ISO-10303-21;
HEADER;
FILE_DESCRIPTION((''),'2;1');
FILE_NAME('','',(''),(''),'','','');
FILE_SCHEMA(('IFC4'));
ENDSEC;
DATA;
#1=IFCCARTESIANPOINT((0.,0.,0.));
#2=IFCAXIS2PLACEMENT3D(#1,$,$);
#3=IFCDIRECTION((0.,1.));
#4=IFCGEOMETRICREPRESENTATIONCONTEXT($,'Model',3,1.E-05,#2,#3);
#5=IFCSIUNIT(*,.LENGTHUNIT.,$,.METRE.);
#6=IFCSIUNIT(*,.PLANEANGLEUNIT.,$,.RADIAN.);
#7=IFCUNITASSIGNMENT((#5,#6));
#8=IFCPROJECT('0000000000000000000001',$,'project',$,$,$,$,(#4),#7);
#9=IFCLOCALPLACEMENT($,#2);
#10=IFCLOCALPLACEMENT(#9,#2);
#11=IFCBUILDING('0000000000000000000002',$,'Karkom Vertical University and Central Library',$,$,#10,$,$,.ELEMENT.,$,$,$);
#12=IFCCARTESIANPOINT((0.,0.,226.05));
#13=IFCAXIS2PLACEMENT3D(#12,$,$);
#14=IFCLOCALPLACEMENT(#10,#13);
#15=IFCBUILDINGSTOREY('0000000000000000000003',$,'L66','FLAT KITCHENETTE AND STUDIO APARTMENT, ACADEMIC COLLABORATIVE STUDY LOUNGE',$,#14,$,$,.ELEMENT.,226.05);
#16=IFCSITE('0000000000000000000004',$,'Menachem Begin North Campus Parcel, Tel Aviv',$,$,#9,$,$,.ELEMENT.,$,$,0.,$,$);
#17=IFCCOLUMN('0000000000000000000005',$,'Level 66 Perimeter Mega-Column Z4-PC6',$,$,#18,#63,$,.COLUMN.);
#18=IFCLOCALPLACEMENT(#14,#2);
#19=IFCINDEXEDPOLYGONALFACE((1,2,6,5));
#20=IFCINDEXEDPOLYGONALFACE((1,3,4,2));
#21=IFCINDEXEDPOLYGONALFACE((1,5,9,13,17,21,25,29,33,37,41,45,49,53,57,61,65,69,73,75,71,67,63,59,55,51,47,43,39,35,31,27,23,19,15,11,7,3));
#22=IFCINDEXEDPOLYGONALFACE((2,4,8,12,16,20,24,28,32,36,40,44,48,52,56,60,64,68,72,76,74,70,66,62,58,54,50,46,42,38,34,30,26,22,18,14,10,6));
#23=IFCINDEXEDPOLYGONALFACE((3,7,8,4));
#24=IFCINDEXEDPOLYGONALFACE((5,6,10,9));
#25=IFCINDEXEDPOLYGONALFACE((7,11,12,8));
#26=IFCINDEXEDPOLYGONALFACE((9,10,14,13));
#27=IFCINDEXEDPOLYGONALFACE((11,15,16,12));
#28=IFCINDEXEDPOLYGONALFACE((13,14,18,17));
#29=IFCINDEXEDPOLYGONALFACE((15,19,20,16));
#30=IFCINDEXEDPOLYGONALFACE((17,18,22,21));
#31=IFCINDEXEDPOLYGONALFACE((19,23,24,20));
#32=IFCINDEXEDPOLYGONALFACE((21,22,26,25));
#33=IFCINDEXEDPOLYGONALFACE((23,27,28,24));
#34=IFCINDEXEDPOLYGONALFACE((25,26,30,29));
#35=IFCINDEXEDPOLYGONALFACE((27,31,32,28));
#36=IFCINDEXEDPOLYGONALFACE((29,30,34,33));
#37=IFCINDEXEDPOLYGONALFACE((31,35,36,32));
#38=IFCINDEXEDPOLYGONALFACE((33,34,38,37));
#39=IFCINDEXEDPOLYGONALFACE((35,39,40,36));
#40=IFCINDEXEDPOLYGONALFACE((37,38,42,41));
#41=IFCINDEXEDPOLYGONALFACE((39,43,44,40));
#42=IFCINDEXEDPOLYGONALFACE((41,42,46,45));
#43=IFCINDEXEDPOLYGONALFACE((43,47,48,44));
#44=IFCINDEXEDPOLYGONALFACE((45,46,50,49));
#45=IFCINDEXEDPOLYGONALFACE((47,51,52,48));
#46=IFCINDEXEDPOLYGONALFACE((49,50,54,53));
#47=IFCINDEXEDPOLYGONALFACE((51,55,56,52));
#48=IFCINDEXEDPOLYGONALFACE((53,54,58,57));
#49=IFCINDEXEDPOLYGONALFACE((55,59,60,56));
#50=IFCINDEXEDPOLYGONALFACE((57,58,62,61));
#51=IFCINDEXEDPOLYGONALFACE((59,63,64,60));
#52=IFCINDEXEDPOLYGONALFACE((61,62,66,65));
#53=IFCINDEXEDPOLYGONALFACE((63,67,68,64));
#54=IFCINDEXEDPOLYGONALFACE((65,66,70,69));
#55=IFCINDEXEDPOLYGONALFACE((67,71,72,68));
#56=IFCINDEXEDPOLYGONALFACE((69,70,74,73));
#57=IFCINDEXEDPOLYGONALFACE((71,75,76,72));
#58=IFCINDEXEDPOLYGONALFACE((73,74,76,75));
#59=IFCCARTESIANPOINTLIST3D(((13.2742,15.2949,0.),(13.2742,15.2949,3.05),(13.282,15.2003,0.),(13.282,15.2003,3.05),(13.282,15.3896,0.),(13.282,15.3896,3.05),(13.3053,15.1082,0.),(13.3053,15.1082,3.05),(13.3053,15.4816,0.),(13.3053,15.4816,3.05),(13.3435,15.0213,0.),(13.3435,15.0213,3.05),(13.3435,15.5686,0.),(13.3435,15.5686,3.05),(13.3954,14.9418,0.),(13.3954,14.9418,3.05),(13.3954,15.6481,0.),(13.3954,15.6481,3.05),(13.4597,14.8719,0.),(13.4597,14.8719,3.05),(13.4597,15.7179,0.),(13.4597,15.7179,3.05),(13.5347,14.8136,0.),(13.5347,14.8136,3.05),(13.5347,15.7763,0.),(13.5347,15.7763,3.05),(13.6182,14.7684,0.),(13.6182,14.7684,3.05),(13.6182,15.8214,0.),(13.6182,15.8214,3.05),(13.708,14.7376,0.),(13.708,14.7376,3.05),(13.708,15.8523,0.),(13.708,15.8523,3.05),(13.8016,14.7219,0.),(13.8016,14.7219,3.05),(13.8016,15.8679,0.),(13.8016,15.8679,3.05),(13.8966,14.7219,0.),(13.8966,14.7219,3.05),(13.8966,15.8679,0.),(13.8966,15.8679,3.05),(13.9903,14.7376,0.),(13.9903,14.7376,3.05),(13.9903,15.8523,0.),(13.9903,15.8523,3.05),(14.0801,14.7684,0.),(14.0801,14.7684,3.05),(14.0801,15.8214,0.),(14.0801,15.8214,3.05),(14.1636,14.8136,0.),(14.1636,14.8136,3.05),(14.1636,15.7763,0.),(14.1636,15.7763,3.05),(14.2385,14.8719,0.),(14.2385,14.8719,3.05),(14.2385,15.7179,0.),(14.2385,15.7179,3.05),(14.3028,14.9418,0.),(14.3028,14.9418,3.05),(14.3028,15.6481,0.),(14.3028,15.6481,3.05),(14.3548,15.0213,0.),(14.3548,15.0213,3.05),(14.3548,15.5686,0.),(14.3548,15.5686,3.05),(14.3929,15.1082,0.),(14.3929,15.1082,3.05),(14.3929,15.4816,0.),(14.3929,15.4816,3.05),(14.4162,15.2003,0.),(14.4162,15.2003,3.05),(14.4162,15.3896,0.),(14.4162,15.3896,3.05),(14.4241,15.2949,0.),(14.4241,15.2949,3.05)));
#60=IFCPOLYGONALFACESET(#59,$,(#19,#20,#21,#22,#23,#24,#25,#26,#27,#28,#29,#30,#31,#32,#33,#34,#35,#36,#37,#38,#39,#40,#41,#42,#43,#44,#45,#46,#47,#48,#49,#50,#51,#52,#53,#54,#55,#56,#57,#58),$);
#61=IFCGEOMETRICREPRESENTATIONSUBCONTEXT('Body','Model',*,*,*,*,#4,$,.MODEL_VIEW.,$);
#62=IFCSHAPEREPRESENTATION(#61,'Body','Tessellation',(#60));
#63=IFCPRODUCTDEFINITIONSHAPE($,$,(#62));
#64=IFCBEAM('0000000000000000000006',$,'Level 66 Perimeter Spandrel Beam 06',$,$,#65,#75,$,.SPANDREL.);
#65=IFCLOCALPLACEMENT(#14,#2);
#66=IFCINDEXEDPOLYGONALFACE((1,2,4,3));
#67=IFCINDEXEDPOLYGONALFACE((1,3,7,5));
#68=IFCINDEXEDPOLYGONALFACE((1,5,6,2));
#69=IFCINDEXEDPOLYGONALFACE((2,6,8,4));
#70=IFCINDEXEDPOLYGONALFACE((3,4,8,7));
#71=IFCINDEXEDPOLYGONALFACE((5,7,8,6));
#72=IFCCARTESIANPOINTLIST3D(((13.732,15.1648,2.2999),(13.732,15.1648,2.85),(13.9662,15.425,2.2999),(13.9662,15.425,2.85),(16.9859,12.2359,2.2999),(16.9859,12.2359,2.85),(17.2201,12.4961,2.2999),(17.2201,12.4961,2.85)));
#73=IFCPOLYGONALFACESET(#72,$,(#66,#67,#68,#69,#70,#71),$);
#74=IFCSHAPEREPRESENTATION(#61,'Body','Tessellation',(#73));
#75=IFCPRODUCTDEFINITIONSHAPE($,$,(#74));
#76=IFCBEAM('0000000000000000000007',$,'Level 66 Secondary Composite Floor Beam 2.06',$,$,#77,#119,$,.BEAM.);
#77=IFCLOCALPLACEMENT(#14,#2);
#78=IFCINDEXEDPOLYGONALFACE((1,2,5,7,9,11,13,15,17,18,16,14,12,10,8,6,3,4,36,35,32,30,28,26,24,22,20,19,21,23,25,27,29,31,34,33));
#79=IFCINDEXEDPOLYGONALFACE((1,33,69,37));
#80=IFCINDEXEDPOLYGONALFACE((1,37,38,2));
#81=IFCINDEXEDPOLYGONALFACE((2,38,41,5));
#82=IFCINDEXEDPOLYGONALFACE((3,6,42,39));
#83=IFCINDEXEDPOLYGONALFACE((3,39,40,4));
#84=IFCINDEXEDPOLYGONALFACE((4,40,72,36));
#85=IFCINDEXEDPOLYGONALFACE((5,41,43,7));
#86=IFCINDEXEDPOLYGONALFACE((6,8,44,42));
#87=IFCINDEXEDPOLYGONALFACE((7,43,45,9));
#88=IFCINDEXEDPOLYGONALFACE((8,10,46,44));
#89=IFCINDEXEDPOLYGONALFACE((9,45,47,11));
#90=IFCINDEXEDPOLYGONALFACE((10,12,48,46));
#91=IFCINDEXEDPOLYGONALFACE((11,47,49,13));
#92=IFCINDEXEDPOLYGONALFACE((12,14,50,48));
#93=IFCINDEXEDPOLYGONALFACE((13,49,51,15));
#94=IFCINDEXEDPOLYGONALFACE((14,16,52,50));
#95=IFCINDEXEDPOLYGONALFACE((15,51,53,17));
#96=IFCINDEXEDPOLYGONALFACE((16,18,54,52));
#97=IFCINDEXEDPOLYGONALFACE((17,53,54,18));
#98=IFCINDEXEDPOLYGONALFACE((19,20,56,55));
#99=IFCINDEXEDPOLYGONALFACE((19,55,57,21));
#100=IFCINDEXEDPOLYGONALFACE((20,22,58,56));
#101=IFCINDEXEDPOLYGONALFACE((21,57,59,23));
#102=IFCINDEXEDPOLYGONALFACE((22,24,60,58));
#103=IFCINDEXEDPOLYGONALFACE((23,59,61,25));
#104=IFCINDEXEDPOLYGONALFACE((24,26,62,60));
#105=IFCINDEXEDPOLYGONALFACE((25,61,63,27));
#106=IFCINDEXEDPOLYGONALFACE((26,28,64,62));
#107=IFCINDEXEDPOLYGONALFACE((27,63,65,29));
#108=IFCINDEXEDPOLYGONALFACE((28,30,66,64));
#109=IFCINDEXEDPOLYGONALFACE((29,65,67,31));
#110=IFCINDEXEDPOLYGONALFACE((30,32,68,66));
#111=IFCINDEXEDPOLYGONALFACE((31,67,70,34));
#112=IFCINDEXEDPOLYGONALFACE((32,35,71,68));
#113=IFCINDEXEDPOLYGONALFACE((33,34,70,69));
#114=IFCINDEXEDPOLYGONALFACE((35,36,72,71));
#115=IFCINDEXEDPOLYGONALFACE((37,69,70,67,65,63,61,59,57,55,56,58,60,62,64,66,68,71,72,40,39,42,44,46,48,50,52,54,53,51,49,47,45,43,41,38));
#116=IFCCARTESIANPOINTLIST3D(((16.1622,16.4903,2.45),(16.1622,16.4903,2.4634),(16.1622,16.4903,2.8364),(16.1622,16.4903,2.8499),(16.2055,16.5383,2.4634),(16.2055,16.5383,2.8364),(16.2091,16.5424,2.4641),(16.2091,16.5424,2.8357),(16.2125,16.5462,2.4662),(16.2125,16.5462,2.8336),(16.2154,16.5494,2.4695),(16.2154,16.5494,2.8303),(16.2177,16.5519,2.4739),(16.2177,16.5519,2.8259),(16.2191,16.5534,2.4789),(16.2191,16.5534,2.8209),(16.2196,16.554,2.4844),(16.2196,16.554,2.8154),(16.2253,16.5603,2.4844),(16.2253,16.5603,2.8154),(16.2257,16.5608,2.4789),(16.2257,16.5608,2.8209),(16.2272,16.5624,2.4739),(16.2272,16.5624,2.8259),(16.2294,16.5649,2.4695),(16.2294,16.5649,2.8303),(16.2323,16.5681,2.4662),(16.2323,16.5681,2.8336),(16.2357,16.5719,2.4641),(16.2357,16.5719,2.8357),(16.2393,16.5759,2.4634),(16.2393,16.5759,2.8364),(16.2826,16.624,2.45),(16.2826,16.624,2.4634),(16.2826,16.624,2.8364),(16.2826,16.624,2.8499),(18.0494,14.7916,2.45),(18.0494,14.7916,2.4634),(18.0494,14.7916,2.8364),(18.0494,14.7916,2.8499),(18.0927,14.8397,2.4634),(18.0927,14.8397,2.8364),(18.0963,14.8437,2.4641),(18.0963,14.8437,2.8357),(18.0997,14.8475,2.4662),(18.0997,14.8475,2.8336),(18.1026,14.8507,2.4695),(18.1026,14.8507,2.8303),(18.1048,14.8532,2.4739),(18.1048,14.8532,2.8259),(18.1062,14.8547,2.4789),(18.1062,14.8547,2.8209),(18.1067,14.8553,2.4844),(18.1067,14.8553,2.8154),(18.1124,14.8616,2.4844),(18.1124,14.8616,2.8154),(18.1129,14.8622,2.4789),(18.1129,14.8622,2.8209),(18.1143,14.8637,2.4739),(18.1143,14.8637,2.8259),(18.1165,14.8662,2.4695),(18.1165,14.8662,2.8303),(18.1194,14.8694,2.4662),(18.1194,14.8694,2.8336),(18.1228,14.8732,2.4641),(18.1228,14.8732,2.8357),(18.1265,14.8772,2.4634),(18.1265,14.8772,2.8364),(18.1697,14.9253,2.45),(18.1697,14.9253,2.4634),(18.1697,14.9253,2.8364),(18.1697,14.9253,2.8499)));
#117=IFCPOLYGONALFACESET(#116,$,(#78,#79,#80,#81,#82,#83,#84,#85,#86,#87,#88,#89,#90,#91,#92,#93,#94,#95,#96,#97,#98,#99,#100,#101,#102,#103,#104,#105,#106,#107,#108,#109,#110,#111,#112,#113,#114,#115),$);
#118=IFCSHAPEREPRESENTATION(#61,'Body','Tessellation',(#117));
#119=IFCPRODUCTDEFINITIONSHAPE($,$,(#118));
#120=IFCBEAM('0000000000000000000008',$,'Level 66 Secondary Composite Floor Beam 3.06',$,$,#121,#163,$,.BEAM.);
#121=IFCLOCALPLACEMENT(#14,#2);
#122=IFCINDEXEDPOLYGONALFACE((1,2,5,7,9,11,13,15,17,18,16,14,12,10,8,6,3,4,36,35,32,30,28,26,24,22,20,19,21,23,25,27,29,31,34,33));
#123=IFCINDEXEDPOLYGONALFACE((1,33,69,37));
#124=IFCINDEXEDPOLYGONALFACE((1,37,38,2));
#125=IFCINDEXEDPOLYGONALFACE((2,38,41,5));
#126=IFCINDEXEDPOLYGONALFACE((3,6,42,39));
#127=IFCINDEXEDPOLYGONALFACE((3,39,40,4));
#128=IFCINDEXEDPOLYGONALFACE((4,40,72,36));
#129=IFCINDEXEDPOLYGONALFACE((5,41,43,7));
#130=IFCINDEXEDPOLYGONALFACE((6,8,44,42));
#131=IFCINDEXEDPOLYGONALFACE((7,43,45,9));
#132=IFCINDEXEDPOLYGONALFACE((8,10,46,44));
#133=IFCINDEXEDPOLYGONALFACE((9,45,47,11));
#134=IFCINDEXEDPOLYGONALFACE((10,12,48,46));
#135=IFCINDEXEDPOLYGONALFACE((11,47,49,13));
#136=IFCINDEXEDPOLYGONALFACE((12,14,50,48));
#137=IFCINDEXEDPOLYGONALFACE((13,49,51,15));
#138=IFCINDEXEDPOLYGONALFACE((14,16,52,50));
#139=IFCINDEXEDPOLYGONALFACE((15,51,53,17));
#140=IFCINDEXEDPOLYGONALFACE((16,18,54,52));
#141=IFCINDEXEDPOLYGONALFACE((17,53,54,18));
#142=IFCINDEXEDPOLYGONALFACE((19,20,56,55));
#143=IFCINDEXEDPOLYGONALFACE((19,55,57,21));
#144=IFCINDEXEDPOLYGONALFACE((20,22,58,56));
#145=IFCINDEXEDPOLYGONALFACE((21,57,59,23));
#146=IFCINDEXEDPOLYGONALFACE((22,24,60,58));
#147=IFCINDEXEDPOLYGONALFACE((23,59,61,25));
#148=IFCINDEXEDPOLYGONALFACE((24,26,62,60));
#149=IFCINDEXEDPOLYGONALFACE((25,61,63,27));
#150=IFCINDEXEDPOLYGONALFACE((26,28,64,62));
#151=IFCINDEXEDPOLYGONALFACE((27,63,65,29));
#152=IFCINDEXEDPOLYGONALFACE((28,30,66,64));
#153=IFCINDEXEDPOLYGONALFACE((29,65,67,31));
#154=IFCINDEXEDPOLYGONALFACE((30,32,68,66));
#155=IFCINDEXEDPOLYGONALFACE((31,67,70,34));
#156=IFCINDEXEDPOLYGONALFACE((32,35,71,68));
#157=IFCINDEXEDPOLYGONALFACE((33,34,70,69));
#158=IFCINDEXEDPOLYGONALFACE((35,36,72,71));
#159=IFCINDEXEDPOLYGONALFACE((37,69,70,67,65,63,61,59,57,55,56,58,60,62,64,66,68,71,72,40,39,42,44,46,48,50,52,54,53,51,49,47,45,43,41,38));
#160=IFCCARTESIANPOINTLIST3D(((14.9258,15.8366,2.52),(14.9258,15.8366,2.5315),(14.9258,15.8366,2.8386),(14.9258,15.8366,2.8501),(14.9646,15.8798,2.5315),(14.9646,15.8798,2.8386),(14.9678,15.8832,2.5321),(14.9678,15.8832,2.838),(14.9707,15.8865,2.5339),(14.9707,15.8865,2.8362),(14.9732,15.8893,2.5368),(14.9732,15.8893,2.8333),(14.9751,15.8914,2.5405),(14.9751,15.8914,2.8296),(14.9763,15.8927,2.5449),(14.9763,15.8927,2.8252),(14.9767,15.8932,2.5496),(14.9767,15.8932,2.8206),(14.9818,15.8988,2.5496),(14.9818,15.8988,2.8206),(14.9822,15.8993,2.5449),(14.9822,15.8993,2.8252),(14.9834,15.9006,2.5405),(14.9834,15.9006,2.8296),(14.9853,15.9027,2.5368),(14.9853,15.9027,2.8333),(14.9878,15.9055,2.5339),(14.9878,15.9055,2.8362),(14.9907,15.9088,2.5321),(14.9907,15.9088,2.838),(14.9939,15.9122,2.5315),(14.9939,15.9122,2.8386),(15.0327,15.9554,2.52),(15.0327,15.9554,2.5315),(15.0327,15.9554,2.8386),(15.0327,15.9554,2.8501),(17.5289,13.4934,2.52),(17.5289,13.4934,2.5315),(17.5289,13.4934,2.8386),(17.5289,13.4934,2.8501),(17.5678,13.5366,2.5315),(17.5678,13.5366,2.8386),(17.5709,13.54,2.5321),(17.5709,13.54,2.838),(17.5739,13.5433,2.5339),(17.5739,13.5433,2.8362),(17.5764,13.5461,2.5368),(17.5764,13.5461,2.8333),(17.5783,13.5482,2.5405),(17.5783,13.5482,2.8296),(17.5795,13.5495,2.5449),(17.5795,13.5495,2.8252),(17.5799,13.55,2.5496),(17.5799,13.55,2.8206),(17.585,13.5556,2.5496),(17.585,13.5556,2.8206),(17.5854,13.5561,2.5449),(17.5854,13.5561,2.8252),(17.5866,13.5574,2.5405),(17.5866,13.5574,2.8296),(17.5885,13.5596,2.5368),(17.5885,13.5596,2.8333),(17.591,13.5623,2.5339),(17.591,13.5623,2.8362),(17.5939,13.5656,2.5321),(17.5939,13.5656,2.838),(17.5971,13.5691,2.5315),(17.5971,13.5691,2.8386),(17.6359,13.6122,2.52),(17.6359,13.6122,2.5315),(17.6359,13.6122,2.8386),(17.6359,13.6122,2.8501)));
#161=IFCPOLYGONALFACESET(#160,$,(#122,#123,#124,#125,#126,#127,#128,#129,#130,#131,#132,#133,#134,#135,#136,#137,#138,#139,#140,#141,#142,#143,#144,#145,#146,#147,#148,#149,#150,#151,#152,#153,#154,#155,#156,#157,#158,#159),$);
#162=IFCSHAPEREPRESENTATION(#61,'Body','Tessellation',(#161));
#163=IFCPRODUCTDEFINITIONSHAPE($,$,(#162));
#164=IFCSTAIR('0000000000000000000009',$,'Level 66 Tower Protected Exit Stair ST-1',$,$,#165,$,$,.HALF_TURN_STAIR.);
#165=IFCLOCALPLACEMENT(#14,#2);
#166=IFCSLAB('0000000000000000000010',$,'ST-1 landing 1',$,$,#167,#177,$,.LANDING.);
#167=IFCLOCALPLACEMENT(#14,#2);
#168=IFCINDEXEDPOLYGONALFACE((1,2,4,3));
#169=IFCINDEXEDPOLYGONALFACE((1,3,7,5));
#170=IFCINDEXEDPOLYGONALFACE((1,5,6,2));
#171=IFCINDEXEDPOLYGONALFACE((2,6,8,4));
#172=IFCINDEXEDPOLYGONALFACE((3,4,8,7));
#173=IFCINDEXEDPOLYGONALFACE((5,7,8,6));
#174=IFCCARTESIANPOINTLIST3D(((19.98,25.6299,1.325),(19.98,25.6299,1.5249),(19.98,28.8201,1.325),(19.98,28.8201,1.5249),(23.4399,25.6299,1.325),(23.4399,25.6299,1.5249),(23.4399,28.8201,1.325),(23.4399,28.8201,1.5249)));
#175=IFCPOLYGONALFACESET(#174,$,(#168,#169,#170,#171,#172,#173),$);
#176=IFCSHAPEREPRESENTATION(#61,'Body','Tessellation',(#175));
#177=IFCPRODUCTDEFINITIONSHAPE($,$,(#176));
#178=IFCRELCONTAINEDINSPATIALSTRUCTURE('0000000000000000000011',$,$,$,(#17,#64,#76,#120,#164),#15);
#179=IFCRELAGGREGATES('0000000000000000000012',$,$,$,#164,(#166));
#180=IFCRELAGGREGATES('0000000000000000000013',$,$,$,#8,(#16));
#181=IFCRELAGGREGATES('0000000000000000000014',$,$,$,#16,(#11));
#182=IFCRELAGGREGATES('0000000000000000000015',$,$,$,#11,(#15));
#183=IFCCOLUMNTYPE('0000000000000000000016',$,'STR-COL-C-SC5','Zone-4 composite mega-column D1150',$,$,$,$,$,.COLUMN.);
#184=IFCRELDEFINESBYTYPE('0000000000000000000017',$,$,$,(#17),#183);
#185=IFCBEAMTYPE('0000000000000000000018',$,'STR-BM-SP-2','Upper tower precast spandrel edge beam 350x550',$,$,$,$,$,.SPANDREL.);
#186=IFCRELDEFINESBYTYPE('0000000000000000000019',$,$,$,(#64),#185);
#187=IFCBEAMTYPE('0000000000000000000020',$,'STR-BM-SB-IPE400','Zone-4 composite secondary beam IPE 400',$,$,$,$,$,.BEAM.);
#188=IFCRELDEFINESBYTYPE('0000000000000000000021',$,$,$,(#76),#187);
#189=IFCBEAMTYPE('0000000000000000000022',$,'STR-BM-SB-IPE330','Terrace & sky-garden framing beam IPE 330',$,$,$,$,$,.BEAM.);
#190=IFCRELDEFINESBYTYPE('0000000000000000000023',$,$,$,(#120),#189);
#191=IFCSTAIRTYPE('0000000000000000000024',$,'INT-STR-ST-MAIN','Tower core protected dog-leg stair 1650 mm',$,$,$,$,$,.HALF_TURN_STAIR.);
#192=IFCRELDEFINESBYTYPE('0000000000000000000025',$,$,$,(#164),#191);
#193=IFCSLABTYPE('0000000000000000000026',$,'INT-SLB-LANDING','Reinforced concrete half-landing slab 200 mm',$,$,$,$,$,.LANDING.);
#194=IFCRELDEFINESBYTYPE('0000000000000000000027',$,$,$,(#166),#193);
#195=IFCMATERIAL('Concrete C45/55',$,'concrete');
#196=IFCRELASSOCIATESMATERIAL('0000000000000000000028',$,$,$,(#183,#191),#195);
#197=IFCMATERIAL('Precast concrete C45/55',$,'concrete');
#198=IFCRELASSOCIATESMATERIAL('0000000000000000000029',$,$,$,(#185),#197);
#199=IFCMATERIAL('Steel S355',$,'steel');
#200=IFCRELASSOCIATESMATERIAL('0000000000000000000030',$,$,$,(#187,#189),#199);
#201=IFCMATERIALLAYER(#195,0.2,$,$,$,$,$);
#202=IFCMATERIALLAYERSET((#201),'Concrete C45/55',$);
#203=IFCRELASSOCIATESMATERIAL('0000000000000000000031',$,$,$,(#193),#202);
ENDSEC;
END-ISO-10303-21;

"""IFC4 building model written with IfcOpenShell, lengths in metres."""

from ifc_helpers import new_model, si_unit, direction, frame, origin, origin_with_axes, origin_2d, place, context, subcontext, project, spatial, polyline, rectangle, circle, i_section, outline, extrude, source, transform, mapped, material, layer, layer_set, material_profile, profile_set, type_object, element, aggregate, save


model = new_model("IFC4")

# Units and contexts
model_context = context("Model", 3, precision=1e-05, world=origin(), true_north=direction((0.0, 1.0)))
body_context = subcontext(model_context, "Body", "Model", "MODEL_VIEW")
ifc_project = project(units=[si_unit("LENGTHUNIT", "METRE"), si_unit("PLANEANGLEUNIT", "RADIAN")], contexts=[model_context])

# Site, building, storey
site_placement = place(None, origin())
site = spatial("IfcSite", under=ifc_project, at=site_placement, Name="Menachem Begin North Campus Parcel, Tel Aviv", CompositionType="ELEMENT", RefElevation=0.0)
building_placement = place(site_placement, origin())
building = spatial("IfcBuilding", under=site, at=building_placement, Name="Karkom Vertical University and Central Library", CompositionType="ELEMENT")
storey_placement = place(building_placement, frame((0.0, 0.0, 226.05)))
storey = spatial("IfcBuildingStorey", under=building, at=storey_placement, Name="L66", Description="FLAT KITCHENETTE AND STUDIO APARTMENT, ACADEMIC COLLABORATIVE STUDY LOUNGE", CompositionType="ELEMENT", Elevation=226.05)

# Column
ifc_material_1 = material(Name="Concrete C45/55", Category="concrete")
ifc_material_profile_1 = material_profile(ifc_material_1, circle(Radius=0.575, at=origin_2d()), Name="CFT-D1150")
ifc_profile_set_1 = profile_set([ifc_material_profile_1], Name="Concrete C45/55")
column_type = type_object("IfcColumnType", Name="STR-COL-C-SC5", Description="Zone-4 composite mega-column D1150", PredefinedType="COLUMN", material=ifc_profile_set_1)
shared_shape_1 = source(origin_with_axes(), body_context, "Body", "SweptSolid", [
    extrude(circle(Radius=0.575, at=origin_2d()), origin(), (0.0, 0.0, 1.0), 3.05),
])
column_placement = place(storey_placement, frame((13.8491, 15.2949, 0.0), z_axis=(0.0, 0.0, 1.0), x_axis=(1.0, 0.0, 0.0)))
element("IfcColumn", 1, at=column_placement, inside=storey, type_object=column_type, Name="Level 66 Perimeter Mega-Column Z4-PC6", PredefinedType="COLUMN", context=body_context, shape_type="MappedRepresentation", body=[
    mapped(shared_shape_1, transform((0.0, 0.0, 0.0), scale=1.0)),
])

# Beams
ifc_material_2 = material(Name="Precast concrete C45/55", Category="concrete")
ifc_material_profile_2 = material_profile(ifc_material_2, rectangle(XDim=0.3501, YDim=0.55, at=origin_2d()), Name="SPB-350x550")
ifc_profile_set_2 = profile_set([ifc_material_profile_2], Name="Precast concrete C45/55")
beam_type_1 = type_object("IfcBeamType", Name="STR-BM-SP-2", Description="Upper tower precast spandrel edge beam 350x550", PredefinedType="SPANDREL", material=ifc_profile_set_2)
shared_shape_2 = source(origin_with_axes(), body_context, "Body", "SweptSolid", [
    extrude(rectangle(XDim=0.3501, YDim=0.55, at=origin_2d()), origin(), (0.0, 0.0, 1.0), 4.3779),
])
beam_1_placement = place(storey_placement, frame((13.8491, 15.2949, 2.575), z_axis=(0.743244, -0.66902, 0.0), x_axis=(0.66902, 0.743244, 0.0)))
element("IfcBeam", 2, at=beam_1_placement, inside=storey, type_object=beam_type_1, Name="Level 66 Perimeter Spandrel Beam 06", PredefinedType="SPANDREL", context=body_context, shape_type="MappedRepresentation", body=[
    mapped(shared_shape_2, transform((0.0, 0.0, 0.0), scale=1.0)),
])
ifc_material_3 = material(Name="Steel S355", Category="steel")
ifc_material_profile_3 = material_profile(ifc_material_3, i_section(OverallWidth=0.1799, OverallDepth=0.3999, WebThickness=0.0085, FlangeThickness=0.0134, FilletRadius=0.021, at=origin_2d()), Name="IPE 400")
ifc_profile_set_3 = profile_set([ifc_material_profile_3], Name="Steel S355")
beam_type_2 = type_object("IfcBeamType", Name="STR-BM-SB-IPE400", Description="Zone-4 composite secondary beam IPE 400", PredefinedType="BEAM", material=ifc_profile_set_3)
shared_shape_3 = source(origin_with_axes(), body_context, "Body", "SweptSolid", [
    extrude(i_section(OverallWidth=0.1799, OverallDepth=0.3999, WebThickness=0.0085, FlangeThickness=0.0134, FilletRadius=0.021, at=origin_2d()), origin(), (0.0, 0.0, 1.0), 2.5391),
])
beam_2_placement = place(storey_placement, frame((16.2224, 16.5571, 2.6499), z_axis=(0.743246, -0.669018, 0.0), x_axis=(0.669018, 0.743246, 0.0)))
element("IfcBeam", 3, at=beam_2_placement, inside=storey, type_object=beam_type_2, Name="Level 66 Secondary Composite Floor Beam 2.06", PredefinedType="BEAM", context=body_context, shape_type="MappedRepresentation", body=[
    mapped(shared_shape_3, transform((0.0, 0.0, 0.0), scale=1.0)),
])
ifc_material_profile_4 = material_profile(ifc_material_3, i_section(OverallWidth=0.1599, OverallDepth=0.3301, WebThickness=0.0076, FlangeThickness=0.0115, FilletRadius=0.0181, at=origin_2d()), Name="IPE 330")
ifc_profile_set_4 = profile_set([ifc_material_profile_4], Name="Steel S355")
beam_type_3 = type_object("IfcBeamType", Name="STR-BM-SB-IPE330", Description="Terrace & sky-garden framing beam IPE 330", PredefinedType="BEAM", material=ifc_profile_set_4)
shared_shape_4 = source(origin_with_axes(), body_context, "Body", "SweptSolid", [
    extrude(i_section(OverallWidth=0.1599, OverallDepth=0.3301, WebThickness=0.0076, FlangeThickness=0.0115, FilletRadius=0.0181, at=origin_2d()), origin(), (0.0, 0.0, 1.0), 3.5024),
])
beam_3_placement = place(storey_placement, frame((14.9792, 15.896, 2.6851), z_axis=(0.743249, -0.669015, 0.0), x_axis=(0.669015, 0.743249, 0.0)))
element("IfcBeam", 4, at=beam_3_placement, inside=storey, type_object=beam_type_3, Name="Level 66 Secondary Composite Floor Beam 3.06", PredefinedType="BEAM", context=body_context, shape_type="MappedRepresentation", body=[
    mapped(shared_shape_4, transform((0.0, 0.0, 0.0), scale=1.0)),
])

# Stair, slab
stair_type = type_object("IfcStairType", Name="INT-STR-ST-MAIN", Description="Tower core protected dog-leg stair 1650 mm", PredefinedType="HALF_TURN_STAIR", material=ifc_material_1)
stair_1_placement = place(storey_placement, origin())
stair_1 = element("IfcStair", 5, at=stair_1_placement, inside=storey, type_object=stair_type, Name="Level 66 Tower Protected Exit Stair ST-1", PredefinedType="HALF_TURN_STAIR")
ifc_layer_1 = layer(ifc_material_1, 0.2)
ifc_layer_set_1 = layer_set([ifc_layer_1], Name="Concrete C45/55")
slab_type_1 = type_object("IfcSlabType", Name="INT-SLB-LANDING", Description="Reinforced concrete half-landing slab 200 mm", PredefinedType="LANDING", material=ifc_layer_set_1)
slab_1_placement = place(storey_placement, frame((0.0, 0.0, 1.325)))
slab_1 = element("IfcSlab", 6, at=slab_1_placement, type_object=slab_type_1, Name="ST-1 landing 1", PredefinedType="LANDING", context=body_context, shape_type="SweptSolid", body=[
    extrude(outline(polyline([(23.4399, 25.6299), (23.4399, 28.8201), (19.98, 28.8201), (19.98, 25.6299), (23.4399, 25.6299)])), origin(), (0.0, 0.0, 1.0), 0.2),
])
aggregate(stair_1, [slab_1])

save(model, "model.ifc")
